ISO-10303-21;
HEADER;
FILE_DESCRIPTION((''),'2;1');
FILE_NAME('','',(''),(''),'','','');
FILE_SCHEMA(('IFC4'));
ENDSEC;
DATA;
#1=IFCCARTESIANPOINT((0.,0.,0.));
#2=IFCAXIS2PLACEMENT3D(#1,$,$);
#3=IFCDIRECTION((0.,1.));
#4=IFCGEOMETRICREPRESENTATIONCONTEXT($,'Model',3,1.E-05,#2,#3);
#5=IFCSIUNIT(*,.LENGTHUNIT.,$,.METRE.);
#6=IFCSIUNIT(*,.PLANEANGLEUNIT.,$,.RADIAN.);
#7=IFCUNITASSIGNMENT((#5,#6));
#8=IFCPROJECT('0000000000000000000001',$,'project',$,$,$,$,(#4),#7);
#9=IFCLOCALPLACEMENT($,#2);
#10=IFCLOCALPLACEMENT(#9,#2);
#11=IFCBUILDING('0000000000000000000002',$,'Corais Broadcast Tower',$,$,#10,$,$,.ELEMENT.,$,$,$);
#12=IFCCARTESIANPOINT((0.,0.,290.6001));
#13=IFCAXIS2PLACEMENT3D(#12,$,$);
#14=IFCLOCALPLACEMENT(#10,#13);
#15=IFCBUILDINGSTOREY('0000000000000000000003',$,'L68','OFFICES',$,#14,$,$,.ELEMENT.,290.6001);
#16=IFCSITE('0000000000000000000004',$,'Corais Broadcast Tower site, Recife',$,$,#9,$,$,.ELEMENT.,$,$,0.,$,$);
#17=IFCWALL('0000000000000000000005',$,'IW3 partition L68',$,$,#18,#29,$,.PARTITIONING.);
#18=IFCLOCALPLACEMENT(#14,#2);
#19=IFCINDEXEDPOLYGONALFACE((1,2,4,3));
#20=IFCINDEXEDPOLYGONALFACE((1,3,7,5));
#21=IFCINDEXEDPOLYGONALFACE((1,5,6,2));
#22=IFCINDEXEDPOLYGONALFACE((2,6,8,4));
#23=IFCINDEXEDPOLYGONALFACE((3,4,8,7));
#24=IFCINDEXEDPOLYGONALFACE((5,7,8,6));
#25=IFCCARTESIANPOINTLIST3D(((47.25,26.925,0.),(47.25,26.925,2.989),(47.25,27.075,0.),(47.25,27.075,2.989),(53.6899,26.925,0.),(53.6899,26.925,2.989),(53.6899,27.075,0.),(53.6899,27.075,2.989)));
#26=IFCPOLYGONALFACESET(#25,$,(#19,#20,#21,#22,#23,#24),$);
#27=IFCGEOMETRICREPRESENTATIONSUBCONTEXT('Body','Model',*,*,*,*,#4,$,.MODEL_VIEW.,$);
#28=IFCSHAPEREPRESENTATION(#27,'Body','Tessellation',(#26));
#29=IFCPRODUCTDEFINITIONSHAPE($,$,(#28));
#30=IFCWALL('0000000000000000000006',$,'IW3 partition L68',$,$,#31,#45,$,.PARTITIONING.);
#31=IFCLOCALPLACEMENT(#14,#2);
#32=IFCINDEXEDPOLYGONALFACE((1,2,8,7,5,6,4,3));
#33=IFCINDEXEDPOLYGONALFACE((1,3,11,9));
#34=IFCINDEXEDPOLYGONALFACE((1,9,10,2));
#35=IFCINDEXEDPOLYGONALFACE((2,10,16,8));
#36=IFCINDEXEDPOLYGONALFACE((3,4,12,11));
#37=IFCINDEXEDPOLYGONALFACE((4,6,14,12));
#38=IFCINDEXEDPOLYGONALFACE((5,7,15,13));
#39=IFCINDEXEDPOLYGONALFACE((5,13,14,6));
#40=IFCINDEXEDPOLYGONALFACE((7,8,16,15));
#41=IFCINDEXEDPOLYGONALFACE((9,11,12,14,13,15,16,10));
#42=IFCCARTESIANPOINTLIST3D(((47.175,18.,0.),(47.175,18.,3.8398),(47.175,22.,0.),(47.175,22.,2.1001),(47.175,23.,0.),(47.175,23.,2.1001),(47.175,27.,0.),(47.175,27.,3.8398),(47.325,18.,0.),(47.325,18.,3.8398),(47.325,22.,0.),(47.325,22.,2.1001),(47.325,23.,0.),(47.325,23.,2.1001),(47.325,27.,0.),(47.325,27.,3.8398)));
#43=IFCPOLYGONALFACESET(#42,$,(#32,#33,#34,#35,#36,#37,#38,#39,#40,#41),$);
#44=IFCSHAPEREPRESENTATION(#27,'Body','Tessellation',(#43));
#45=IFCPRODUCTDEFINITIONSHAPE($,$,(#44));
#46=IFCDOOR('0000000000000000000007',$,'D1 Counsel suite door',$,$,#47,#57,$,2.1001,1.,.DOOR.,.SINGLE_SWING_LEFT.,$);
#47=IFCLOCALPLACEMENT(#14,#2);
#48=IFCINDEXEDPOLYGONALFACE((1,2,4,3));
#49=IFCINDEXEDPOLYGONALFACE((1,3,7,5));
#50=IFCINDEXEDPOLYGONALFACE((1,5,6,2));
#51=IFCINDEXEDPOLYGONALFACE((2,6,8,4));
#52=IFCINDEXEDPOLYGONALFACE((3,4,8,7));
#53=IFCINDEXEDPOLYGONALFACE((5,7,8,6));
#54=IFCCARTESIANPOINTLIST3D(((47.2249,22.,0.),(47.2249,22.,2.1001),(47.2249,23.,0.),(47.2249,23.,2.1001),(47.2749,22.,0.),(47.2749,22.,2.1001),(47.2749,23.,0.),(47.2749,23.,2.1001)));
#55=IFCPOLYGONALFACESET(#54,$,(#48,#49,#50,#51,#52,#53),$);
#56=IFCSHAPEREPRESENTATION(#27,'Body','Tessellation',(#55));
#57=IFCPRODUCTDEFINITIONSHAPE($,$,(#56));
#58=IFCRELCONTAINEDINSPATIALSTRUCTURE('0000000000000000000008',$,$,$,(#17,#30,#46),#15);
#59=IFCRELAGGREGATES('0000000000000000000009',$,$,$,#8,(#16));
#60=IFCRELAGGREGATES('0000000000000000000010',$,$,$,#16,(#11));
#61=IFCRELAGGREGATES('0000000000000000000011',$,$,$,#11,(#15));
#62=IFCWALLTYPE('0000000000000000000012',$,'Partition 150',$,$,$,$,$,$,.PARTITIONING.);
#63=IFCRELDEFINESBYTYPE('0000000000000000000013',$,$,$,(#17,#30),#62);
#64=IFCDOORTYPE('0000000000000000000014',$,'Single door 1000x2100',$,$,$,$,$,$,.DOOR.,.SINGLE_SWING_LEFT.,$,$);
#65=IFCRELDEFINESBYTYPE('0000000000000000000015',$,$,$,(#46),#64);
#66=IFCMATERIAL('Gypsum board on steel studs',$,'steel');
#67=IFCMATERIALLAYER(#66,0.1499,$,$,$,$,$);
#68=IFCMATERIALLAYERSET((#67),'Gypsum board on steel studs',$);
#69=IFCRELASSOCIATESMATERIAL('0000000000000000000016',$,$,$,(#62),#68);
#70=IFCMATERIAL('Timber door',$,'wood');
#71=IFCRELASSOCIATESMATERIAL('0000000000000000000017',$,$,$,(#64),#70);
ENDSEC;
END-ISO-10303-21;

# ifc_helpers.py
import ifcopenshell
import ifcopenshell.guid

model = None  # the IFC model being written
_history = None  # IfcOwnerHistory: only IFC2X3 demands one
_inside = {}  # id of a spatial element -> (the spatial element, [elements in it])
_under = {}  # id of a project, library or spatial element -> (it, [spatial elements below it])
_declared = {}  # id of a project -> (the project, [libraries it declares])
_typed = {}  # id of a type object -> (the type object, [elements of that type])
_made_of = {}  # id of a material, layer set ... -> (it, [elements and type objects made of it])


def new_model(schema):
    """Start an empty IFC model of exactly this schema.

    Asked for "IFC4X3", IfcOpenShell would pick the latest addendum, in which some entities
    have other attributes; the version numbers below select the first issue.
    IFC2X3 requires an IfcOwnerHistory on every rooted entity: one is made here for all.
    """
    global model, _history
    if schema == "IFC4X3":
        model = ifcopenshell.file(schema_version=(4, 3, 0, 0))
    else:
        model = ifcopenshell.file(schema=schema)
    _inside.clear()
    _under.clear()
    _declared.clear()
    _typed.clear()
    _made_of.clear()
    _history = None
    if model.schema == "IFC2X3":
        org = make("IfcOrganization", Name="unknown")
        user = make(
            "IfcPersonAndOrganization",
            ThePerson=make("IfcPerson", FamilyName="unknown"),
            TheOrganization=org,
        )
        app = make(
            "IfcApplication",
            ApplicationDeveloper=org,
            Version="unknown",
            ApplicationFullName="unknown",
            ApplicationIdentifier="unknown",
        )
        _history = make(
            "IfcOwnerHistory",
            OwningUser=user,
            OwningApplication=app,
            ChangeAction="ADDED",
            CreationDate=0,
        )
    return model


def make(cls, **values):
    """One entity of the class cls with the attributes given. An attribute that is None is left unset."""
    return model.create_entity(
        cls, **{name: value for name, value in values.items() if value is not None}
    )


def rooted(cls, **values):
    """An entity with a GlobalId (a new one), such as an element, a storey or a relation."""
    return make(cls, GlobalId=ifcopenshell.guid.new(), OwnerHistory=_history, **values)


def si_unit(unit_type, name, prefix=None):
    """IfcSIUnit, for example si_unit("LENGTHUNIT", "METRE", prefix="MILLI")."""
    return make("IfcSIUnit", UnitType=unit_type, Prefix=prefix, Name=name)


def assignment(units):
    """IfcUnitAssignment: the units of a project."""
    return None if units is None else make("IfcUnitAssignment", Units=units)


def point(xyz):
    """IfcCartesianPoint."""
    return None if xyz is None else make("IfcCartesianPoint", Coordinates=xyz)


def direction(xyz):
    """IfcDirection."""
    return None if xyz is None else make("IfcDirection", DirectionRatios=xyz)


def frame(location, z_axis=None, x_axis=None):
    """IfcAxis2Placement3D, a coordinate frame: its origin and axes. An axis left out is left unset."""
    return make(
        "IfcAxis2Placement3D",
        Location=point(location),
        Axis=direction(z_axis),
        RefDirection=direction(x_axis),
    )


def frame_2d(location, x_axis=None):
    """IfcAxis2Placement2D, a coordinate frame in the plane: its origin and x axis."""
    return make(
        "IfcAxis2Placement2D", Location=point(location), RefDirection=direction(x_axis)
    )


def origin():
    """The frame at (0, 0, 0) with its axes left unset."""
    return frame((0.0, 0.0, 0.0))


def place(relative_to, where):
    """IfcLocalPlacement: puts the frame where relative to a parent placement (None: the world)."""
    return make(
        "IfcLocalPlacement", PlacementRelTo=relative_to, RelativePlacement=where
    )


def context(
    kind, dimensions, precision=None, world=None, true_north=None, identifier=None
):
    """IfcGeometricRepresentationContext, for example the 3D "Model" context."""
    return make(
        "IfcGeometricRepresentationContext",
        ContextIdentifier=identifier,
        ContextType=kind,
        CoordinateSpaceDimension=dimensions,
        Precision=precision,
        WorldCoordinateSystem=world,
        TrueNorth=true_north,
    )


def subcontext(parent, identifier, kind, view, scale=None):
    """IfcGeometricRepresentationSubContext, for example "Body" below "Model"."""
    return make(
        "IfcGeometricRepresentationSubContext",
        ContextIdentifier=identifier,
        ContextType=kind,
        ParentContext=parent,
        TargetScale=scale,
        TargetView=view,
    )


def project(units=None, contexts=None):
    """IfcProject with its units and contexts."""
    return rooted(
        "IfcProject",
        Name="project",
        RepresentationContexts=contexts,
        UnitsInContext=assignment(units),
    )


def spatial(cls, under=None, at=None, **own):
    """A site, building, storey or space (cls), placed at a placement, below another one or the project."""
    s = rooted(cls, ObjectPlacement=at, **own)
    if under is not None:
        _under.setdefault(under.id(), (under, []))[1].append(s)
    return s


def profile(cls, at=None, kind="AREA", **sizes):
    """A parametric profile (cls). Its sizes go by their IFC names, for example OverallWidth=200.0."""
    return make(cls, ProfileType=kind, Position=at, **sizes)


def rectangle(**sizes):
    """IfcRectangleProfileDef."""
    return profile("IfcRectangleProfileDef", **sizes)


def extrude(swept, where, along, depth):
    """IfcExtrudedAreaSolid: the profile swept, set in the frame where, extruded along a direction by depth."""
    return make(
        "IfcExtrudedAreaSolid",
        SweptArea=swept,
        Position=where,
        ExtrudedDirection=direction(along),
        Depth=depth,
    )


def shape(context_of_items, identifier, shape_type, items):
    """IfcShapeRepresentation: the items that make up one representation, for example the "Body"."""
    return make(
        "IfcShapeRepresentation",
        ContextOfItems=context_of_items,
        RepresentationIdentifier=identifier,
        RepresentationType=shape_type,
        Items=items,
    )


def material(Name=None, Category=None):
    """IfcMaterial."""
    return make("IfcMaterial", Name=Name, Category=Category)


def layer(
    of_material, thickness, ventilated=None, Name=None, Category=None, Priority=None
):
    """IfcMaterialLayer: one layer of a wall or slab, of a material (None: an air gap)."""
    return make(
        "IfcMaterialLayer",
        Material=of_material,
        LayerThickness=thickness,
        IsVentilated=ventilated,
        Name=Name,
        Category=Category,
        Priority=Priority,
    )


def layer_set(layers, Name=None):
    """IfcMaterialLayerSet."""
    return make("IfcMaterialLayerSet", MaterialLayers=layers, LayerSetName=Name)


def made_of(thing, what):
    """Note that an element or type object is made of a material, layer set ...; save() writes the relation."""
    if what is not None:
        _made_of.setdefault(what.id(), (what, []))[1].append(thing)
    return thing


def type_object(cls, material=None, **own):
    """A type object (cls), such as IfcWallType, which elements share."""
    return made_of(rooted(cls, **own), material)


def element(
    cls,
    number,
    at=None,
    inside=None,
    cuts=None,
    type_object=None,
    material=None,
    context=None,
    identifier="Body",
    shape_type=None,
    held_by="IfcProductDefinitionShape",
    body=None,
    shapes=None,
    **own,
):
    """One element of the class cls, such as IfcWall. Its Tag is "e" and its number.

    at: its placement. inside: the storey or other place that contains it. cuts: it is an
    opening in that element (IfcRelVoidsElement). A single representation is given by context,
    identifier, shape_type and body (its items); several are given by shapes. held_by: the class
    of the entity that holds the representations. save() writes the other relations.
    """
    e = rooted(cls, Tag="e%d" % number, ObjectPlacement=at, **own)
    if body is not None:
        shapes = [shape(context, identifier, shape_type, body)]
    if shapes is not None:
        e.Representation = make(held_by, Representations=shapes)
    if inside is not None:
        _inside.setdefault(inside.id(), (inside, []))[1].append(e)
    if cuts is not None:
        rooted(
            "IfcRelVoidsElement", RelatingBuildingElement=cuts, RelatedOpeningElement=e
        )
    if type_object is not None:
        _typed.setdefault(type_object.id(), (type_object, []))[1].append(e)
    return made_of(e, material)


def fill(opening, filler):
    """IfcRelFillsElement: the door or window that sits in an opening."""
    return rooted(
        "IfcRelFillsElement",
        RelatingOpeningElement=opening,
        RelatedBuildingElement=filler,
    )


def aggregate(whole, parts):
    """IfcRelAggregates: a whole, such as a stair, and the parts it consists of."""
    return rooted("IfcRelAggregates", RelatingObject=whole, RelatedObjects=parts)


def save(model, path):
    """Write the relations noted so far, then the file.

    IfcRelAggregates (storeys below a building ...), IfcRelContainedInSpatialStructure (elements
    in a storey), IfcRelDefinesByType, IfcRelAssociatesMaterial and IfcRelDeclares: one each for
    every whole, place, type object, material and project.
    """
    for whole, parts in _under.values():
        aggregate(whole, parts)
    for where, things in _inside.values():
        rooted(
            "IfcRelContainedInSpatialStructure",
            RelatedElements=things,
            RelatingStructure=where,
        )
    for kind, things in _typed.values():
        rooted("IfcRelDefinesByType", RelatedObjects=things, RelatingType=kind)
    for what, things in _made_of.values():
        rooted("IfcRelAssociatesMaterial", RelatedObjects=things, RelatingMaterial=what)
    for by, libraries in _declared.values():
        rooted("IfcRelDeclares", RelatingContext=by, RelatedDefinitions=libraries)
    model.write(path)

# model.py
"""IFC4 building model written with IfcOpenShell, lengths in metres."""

from ifc_helpers import new_model, si_unit, direction, frame, frame_2d, origin, place, context, subcontext, project, spatial, rectangle, extrude, material, layer, layer_set, type_object, element, fill, save


model = new_model("IFC4")

# Units and contexts
model_context = context("Model", 3, precision=1e-05, world=origin(), true_north=direction((0.0, 1.0)))
body_context = subcontext(model_context, "Body", "Model", "MODEL_VIEW")
ifc_project = project(units=[si_unit("LENGTHUNIT", "METRE"), si_unit("PLANEANGLEUNIT", "RADIAN")], contexts=[model_context])

# Site, building, storey
site_placement = place(None, origin())
site = spatial("IfcSite", under=ifc_project, at=site_placement, Name="Corais Broadcast Tower site, Recife", CompositionType="ELEMENT", RefElevation=0.0)
building_placement = place(site_placement, origin())
building = spatial("IfcBuilding", under=site, at=building_placement, Name="Corais Broadcast Tower", CompositionType="ELEMENT")
storey_placement = place(building_placement, frame((0.0, 0.0, 290.6001)))
storey = spatial("IfcBuildingStorey", under=building, at=storey_placement, Name="L68", Description="OFFICES", CompositionType="ELEMENT", Elevation=290.6001)

# Wall
ifc_material_1 = material(Name="Gypsum board on steel studs", Category="steel")
ifc_layer_1 = layer(ifc_material_1, 0.1499)
ifc_layer_set_1 = layer_set([ifc_layer_1], Name="Gypsum board on steel studs")
wall_type = type_object("IfcWallType", Name="Partition 150", PredefinedType="PARTITIONING", material=ifc_layer_set_1)
for number, where, z_axis, x_axis, name in (
    (1, (53.6899, 27.0, 0.0), (0.0, 0.0, 1.0), (-1.0, 0.0, 0.0), "IW3 partition L68"),
):
    element("IfcWall", number, at=place(storey_placement, frame(where, z_axis=z_axis, x_axis=x_axis)), inside=storey, type_object=wall_type, Name=name, PredefinedType="PARTITIONING", context=body_context, shape_type="SweptSolid", body=[
        extrude(rectangle(XDim=6.4399, YDim=0.1499, at=frame_2d((3.22, 0.0))), origin(), (0.0, 0.0, 1.0), 2.989),
    ])

# Wall, opening, door
wall_1_placement = place(storey_placement, frame((47.25, 27.0, 0.0), z_axis=(0.0, 0.0, 1.0), x_axis=(0.0, -1.0, 0.0)))
wall_1 = element("IfcWall", 2, at=wall_1_placement, inside=storey, type_object=wall_type, Name="IW3 partition L68", PredefinedType="PARTITIONING", context=body_context, shape_type="SweptSolid", body=[
    extrude(rectangle(XDim=9.0, YDim=0.1499, at=frame_2d((4.5, 0.0))), origin(), (0.0, 0.0, 1.0), 3.8398),
])
opening_placement = place(wall_1_placement, frame((4.0, 0.0, 0.0)))
opening = element("IfcOpeningElement", 3, at=opening_placement, cuts=wall_1, PredefinedType="OPENING", context=body_context, shape_type="SweptSolid", body=[
    extrude(rectangle(XDim=1.0, YDim=2.1001, at=frame_2d((0.5, 1.05))), frame((0.0, 0.085, 0.0), z_axis=(0.0, -1.0, 0.0), x_axis=(1.0, 0.0, 0.0)), (0.0, 0.0, 1.0), 0.1699),
])
ifc_material_2 = material(Name="Timber door", Category="wood")
door_type = type_object("IfcDoorType", Name="Single door 1000x2100", OperationType="SINGLE_SWING_LEFT", PredefinedType="DOOR", material=ifc_material_2)
door_placement = place(opening_placement, origin())
door = element("IfcDoor", 4, at=door_placement, inside=storey, type_object=door_type, Name="D1 Counsel suite door", OperationType="SINGLE_SWING_LEFT", OverallHeight=2.1001, OverallWidth=1.0, PredefinedType="DOOR", context=body_context, shape_type="SweptSolid", body=[
    extrude(rectangle(XDim=1.0, YDim=2.1001, at=frame_2d((0.5, 1.05))), frame((0.0, 0.0249, 0.0), z_axis=(0.0, -1.0, 0.0), x_axis=(1.0, 0.0, 0.0)), (0.0, 0.0, 1.0), 0.05),
])
fill(opening, door)

save(model, "model.ifc")
